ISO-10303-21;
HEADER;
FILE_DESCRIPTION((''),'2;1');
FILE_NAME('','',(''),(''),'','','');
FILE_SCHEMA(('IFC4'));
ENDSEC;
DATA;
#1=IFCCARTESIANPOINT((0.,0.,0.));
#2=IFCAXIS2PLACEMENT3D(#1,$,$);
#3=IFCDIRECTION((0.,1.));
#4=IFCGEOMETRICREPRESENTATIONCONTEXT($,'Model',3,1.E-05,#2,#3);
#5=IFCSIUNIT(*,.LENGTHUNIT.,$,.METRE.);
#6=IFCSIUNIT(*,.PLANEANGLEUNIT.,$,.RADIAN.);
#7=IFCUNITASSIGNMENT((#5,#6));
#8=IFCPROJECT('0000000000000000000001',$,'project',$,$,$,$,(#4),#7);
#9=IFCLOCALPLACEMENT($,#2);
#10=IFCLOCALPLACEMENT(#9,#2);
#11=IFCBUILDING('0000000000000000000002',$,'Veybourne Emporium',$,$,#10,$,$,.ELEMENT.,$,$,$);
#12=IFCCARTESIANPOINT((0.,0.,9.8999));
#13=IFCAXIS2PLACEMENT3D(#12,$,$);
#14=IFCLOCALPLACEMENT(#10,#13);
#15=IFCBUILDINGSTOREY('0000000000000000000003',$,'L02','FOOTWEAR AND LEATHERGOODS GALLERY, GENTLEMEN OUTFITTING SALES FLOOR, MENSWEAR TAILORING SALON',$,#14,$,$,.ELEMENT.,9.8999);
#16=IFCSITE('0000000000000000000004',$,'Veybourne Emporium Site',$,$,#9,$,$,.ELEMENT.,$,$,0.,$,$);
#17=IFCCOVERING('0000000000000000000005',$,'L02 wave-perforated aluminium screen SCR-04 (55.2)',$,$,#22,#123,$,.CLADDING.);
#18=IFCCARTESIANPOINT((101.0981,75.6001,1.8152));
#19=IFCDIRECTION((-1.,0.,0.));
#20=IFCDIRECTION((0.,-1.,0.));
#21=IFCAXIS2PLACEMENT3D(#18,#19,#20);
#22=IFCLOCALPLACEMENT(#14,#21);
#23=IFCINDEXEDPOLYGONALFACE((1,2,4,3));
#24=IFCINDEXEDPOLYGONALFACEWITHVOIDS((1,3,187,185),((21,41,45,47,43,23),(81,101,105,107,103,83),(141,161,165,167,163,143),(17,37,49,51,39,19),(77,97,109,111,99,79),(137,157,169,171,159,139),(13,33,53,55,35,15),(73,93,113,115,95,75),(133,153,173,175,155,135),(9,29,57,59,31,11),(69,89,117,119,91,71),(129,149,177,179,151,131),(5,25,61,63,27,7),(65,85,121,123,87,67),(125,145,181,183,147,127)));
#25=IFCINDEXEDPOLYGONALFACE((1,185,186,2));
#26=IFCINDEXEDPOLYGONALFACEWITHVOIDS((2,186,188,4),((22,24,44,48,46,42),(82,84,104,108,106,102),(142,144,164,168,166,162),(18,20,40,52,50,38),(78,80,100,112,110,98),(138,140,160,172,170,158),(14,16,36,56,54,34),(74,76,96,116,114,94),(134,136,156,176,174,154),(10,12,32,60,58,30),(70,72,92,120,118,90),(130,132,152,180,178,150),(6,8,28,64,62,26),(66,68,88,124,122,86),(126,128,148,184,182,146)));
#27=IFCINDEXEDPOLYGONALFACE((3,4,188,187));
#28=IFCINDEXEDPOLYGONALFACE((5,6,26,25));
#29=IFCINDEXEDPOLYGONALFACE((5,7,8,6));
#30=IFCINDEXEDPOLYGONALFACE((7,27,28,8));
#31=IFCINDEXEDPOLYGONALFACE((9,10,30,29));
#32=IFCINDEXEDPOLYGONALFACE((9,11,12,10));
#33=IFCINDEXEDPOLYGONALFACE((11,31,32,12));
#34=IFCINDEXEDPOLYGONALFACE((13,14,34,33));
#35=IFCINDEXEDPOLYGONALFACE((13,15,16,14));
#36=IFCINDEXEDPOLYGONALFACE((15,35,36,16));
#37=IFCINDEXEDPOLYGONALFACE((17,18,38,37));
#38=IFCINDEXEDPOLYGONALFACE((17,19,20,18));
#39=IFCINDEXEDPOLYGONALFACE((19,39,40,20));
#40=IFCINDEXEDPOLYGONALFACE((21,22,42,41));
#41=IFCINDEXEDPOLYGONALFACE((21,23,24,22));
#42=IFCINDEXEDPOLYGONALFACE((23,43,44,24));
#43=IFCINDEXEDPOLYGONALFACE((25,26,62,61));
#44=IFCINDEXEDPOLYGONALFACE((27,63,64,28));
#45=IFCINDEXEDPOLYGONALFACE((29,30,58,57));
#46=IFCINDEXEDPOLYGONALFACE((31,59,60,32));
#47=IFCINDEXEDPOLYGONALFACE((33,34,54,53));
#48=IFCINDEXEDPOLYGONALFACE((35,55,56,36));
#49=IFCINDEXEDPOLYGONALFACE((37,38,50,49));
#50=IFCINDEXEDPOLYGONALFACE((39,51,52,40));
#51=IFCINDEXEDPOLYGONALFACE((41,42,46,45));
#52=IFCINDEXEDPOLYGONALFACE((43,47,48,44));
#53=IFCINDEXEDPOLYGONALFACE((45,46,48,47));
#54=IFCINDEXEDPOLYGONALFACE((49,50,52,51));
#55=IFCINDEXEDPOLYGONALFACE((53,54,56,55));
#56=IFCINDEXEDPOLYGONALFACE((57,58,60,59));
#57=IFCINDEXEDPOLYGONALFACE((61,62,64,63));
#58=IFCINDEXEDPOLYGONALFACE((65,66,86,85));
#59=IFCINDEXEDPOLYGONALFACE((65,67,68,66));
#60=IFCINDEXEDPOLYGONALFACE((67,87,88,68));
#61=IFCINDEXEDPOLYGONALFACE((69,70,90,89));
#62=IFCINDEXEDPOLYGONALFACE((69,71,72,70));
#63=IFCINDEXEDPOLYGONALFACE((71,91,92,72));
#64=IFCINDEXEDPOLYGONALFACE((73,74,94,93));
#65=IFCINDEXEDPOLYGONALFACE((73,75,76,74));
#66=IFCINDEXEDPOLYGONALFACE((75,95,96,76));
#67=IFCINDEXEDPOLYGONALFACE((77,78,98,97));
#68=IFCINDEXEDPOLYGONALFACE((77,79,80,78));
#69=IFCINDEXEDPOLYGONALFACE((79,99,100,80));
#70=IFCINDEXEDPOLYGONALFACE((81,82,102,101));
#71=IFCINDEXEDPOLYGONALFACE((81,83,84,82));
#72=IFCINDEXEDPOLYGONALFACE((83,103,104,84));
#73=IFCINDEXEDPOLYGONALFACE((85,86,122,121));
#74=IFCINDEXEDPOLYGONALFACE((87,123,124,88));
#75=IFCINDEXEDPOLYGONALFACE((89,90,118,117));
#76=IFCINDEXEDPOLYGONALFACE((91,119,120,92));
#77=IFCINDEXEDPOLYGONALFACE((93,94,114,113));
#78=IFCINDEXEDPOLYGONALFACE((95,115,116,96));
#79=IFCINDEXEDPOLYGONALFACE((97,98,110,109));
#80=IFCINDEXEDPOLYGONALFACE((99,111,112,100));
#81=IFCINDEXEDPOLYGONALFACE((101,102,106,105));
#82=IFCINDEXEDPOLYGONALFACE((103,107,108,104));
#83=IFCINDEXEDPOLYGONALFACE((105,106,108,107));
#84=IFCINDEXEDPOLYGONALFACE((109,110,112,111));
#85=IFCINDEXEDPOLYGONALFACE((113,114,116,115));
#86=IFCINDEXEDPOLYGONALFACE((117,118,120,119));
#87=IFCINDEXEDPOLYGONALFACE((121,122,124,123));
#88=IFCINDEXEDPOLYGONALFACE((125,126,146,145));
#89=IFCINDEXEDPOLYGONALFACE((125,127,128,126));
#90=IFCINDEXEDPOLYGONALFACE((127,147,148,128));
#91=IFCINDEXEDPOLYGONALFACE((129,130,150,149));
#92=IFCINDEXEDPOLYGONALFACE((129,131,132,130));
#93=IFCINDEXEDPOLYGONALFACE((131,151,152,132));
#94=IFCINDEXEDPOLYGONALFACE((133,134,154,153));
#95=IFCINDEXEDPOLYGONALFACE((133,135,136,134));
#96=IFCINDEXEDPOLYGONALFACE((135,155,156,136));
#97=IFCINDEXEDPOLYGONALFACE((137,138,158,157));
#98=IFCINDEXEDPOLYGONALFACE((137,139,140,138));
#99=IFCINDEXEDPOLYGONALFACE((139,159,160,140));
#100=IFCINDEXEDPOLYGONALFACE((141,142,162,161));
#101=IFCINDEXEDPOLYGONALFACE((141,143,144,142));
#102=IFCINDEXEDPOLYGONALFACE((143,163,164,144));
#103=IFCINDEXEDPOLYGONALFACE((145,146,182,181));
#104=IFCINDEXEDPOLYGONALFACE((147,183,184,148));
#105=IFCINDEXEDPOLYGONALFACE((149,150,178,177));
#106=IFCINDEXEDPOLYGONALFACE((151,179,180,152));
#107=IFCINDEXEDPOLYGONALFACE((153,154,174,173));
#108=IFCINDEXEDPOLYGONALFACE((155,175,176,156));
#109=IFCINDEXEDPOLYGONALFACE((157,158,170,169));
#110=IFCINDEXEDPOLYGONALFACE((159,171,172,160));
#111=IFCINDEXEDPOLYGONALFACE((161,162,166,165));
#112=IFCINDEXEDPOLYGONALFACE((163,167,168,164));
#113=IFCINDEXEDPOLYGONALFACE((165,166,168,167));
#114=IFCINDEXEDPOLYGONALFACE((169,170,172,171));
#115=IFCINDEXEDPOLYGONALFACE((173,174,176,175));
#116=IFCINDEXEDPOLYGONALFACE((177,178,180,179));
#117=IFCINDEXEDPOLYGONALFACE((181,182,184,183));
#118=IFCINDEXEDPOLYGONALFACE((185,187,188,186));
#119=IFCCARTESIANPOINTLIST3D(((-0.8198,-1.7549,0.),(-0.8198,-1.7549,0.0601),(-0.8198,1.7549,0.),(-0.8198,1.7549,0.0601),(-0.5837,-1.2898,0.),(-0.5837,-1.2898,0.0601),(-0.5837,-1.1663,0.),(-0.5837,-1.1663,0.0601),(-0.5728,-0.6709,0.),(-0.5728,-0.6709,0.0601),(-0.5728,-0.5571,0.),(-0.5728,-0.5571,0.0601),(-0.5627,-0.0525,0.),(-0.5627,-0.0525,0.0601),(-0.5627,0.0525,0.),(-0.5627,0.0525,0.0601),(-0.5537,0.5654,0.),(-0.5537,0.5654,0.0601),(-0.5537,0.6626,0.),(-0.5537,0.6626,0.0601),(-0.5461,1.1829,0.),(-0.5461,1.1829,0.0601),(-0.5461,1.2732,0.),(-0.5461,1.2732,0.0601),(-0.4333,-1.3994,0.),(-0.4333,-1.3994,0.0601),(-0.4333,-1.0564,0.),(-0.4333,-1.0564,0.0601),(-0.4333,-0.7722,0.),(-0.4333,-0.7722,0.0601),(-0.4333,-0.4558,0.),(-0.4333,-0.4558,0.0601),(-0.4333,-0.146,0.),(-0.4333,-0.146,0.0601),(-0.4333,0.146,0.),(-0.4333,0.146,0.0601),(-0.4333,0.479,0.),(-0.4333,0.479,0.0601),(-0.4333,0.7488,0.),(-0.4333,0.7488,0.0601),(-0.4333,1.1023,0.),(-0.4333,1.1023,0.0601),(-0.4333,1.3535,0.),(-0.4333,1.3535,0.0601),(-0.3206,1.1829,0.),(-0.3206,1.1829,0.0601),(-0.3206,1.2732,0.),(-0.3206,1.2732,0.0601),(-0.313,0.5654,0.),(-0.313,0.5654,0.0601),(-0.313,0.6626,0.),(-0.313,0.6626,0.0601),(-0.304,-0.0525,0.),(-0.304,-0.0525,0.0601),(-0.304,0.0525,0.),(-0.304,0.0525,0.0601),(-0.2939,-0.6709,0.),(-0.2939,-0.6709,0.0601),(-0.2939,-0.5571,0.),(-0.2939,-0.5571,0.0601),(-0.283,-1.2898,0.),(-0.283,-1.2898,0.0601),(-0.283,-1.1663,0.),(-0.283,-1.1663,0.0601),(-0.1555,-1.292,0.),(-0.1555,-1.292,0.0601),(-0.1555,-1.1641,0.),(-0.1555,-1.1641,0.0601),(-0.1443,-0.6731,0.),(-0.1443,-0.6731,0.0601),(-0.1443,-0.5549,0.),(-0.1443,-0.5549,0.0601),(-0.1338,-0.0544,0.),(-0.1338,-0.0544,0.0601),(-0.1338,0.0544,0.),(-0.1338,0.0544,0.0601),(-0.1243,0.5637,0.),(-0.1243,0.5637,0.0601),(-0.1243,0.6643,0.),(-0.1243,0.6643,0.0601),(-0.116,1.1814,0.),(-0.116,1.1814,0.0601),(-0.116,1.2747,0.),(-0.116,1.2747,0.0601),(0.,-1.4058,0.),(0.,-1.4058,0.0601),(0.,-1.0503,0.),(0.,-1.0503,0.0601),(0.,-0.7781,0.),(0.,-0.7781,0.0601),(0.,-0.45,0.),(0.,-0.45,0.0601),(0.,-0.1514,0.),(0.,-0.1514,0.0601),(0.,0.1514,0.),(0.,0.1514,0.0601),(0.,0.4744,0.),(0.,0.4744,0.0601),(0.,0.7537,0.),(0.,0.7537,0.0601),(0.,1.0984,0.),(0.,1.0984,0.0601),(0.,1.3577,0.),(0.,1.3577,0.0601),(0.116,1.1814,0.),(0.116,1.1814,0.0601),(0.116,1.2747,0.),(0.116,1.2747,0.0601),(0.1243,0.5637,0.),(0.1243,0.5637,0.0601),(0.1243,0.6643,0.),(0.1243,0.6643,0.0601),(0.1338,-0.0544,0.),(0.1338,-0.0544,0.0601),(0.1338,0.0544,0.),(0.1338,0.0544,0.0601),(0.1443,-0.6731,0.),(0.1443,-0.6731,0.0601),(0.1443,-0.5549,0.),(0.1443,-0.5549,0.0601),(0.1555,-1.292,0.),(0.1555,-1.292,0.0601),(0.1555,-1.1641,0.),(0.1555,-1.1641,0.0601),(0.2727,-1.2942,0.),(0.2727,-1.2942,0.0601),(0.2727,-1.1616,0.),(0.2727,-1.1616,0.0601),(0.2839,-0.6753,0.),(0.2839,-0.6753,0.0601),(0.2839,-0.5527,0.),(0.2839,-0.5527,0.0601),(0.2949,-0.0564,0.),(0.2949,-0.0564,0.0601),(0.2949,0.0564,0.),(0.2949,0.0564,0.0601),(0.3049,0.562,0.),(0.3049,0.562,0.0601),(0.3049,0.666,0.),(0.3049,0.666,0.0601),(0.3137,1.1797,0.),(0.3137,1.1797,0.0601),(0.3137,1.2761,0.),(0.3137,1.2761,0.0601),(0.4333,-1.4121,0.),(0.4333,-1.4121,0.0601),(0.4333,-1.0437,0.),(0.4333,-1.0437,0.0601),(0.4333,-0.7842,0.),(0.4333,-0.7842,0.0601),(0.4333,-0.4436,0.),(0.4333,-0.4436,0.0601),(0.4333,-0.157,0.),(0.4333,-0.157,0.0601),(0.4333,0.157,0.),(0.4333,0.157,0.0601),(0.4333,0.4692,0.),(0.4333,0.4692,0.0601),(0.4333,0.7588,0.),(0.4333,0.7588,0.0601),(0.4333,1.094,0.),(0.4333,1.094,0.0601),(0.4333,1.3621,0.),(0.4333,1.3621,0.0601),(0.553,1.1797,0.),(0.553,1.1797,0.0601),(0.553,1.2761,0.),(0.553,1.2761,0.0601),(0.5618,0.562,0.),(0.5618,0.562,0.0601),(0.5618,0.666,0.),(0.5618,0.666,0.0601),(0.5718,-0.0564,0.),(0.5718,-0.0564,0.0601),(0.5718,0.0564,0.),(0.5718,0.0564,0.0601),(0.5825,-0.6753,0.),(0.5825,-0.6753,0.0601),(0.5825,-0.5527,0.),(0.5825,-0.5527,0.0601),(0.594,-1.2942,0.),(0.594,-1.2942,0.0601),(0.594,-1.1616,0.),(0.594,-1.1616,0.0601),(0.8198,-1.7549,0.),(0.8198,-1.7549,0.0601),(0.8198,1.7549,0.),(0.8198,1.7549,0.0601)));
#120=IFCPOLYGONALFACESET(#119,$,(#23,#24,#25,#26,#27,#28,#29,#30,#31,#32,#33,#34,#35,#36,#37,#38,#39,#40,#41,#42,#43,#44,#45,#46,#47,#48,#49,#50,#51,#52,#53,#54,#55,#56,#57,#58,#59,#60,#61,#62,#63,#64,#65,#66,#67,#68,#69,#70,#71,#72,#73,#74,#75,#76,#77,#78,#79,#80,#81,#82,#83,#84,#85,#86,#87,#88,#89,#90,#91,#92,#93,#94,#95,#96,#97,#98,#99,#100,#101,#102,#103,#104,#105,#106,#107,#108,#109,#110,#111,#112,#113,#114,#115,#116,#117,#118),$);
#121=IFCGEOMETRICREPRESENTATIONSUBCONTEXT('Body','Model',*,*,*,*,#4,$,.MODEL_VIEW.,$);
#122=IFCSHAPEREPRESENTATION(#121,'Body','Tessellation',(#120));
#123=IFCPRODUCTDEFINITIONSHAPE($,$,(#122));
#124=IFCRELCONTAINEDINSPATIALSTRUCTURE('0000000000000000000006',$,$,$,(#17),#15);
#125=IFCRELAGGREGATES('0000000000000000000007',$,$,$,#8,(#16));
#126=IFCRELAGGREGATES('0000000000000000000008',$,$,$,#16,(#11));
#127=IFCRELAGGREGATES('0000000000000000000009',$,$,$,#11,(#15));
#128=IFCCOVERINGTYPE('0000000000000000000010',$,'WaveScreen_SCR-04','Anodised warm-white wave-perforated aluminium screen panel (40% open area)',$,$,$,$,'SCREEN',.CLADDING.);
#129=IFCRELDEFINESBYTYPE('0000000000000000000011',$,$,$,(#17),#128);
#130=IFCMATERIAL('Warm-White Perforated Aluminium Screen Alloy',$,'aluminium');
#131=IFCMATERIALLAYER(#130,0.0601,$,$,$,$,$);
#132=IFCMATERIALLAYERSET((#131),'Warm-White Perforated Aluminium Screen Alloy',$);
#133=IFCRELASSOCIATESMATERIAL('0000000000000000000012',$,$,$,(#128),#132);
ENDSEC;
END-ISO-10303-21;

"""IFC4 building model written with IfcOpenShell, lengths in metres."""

from ifc_helpers import new_model, si_unit, direction, frame, origin, place, context, subcontext, project, spatial, polyline, outline, extrude, material, layer, layer_set, type_object, element, save


model = new_model("IFC4")

# Units and contexts
model_context = context("Model", 3, precision=1e-05, world=origin(), true_north=direction((0.0, 1.0)))
body_context = subcontext(model_context, "Body", "Model", "MODEL_VIEW")
ifc_project = project(units=[si_unit("LENGTHUNIT", "METRE"), si_unit("PLANEANGLEUNIT", "RADIAN")], contexts=[model_context])

# Site, building, storey
site_placement = place(None, origin())
site = spatial("IfcSite", under=ifc_project, at=site_placement, Name="Veybourne Emporium Site", CompositionType="ELEMENT", RefElevation=0.0)
building_placement = place(site_placement, origin())
building = spatial("IfcBuilding", under=site, at=building_placement, Name="Veybourne Emporium", CompositionType="ELEMENT")
storey_placement = place(building_placement, frame((0.0, 0.0, 9.8999)))
storey = spatial("IfcBuildingStorey", under=building, at=storey_placement, Name="L02", Description="FOOTWEAR AND LEATHERGOODS GALLERY, GENTLEMEN OUTFITTING SALES FLOOR, MENSWEAR TAILORING SALON", CompositionType="ELEMENT", Elevation=9.8999)

# Covering
ifc_material_1 = material(Name="Warm-White Perforated Aluminium Screen Alloy", Category="aluminium")
ifc_layer_1 = layer(ifc_material_1, 0.0601)
ifc_layer_set_1 = layer_set([ifc_layer_1], Name="Warm-White Perforated Aluminium Screen Alloy")
covering_type_1 = type_object("IfcCoveringType", Name="WaveScreen_SCR-04", Description="Anodised warm-white wave-perforated aluminium screen panel (40% open area)", ElementType="SCREEN", PredefinedType="CLADDING", material=ifc_layer_set_1)
covering_1_placement = place(storey_placement, frame((101.0981, 75.6001, 1.8152), z_axis=(-1.0, 0.0, 0.0), x_axis=(0.0, -1.0, 0.0)))
element("IfcCovering", 1, at=covering_1_placement, inside=storey, type_object=covering_type_1, Name="L02 wave-perforated aluminium screen SCR-04 (55.2)", PredefinedType="CLADDING", context=body_context, shape_type="SweptSolid", body=[
    extrude(outline(polyline([(-0.8198, -1.7549), (0.8198, -1.7549), (0.8198, 1.7549), (-0.8198, 1.7549), (-0.8198, -1.7549)]), holes=[polyline([(-0.4333, -1.0564), (-0.283, -1.1663), (-0.283, -1.2898), (-0.4333, -1.3994), (-0.5837, -1.2898), (-0.5837, -1.1663), (-0.4333, -1.0564)]), polyline([(-0.4333, -0.4558), (-0.2939, -0.5571), (-0.2939, -0.6709), (-0.4333, -0.7722), (-0.5728, -0.6709), (-0.5728, -0.5571), (-0.4333, -0.4558)]), polyline([(-0.4333, 0.146), (-0.304, 0.0525), (-0.304, -0.0525), (-0.4333, -0.146), (-0.5627, -0.0525), (-0.5627, 0.0525), (-0.4333, 0.146)]), polyline([(-0.4333, 0.7488), (-0.313, 0.6626), (-0.313, 0.5654), (-0.4333, 0.479), (-0.5537, 0.5654), (-0.5537, 0.6626), (-0.4333, 0.7488)]), polyline([(-0.4333, 1.3535), (-0.3206, 1.2732), (-0.3206, 1.1829), (-0.4333, 1.1023), (-0.5461, 1.1829), (-0.5461, 1.2732), (-0.4333, 1.3535)]), polyline([(0.0, -1.0503), (0.1555, -1.1641), (0.1555, -1.292), (0.0, -1.4058), (-0.1555, -1.292), (-0.1555, -1.1641), (0.0, -1.0503)]), polyline([(0.0, -0.45), (0.1443, -0.5549), (0.1443, -0.6731), (0.0, -0.7781), (-0.1443, -0.6731), (-0.1443, -0.5549), (0.0, -0.45)]), polyline([(0.0, 0.1514), (0.1338, 0.0544), (0.1338, -0.0544), (0.0, -0.1514), (-0.1338, -0.0544), (-0.1338, 0.0544), (0.0, 0.1514)]), polyline([(0.0, 0.7537), (0.1243, 0.6643), (0.1243, 0.5637), (0.0, 0.4744), (-0.1243, 0.5637), (-0.1243, 0.6643), (0.0, 0.7537)]), polyline([(0.0, 1.3577), (0.116, 1.2747), (0.116, 1.1814), (0.0, 1.0984), (-0.116, 1.1814), (-0.116, 1.2747), (0.0, 1.3577)]), polyline([(0.4333, -1.0437), (0.594, -1.1616), (0.594, -1.2942), (0.4333, -1.4121), (0.2727, -1.2942), (0.2727, -1.1616), (0.4333, -1.0437)]), polyline([(0.4333, -0.4436), (0.5825, -0.5527), (0.5825, -0.6753), (0.4333, -0.7842), (0.2839, -0.6753), (0.2839, -0.5527), (0.4333, -0.4436)]), polyline([(0.4333, 0.157), (0.5718, 0.0564), (0.5718, -0.0564), (0.4333, -0.157), (0.2949, -0.0564), (0.2949, 0.0564), (0.4333, 0.157)]), polyline([(0.4333, 0.7588), (0.5618, 0.666), (0.5618, 0.562), (0.4333, 0.4692), (0.3049, 0.562), (0.3049, 0.666), (0.4333, 0.7588)]), polyline([(0.4333, 1.3621), (0.553, 1.2761), (0.553, 1.1797), (0.4333, 1.094), (0.3137, 1.1797), (0.3137, 1.2761), (0.4333, 1.3621)])]), origin(), (0.0, 0.0, 1.0), 0.0601),
])

save(model, "model.ifc")
